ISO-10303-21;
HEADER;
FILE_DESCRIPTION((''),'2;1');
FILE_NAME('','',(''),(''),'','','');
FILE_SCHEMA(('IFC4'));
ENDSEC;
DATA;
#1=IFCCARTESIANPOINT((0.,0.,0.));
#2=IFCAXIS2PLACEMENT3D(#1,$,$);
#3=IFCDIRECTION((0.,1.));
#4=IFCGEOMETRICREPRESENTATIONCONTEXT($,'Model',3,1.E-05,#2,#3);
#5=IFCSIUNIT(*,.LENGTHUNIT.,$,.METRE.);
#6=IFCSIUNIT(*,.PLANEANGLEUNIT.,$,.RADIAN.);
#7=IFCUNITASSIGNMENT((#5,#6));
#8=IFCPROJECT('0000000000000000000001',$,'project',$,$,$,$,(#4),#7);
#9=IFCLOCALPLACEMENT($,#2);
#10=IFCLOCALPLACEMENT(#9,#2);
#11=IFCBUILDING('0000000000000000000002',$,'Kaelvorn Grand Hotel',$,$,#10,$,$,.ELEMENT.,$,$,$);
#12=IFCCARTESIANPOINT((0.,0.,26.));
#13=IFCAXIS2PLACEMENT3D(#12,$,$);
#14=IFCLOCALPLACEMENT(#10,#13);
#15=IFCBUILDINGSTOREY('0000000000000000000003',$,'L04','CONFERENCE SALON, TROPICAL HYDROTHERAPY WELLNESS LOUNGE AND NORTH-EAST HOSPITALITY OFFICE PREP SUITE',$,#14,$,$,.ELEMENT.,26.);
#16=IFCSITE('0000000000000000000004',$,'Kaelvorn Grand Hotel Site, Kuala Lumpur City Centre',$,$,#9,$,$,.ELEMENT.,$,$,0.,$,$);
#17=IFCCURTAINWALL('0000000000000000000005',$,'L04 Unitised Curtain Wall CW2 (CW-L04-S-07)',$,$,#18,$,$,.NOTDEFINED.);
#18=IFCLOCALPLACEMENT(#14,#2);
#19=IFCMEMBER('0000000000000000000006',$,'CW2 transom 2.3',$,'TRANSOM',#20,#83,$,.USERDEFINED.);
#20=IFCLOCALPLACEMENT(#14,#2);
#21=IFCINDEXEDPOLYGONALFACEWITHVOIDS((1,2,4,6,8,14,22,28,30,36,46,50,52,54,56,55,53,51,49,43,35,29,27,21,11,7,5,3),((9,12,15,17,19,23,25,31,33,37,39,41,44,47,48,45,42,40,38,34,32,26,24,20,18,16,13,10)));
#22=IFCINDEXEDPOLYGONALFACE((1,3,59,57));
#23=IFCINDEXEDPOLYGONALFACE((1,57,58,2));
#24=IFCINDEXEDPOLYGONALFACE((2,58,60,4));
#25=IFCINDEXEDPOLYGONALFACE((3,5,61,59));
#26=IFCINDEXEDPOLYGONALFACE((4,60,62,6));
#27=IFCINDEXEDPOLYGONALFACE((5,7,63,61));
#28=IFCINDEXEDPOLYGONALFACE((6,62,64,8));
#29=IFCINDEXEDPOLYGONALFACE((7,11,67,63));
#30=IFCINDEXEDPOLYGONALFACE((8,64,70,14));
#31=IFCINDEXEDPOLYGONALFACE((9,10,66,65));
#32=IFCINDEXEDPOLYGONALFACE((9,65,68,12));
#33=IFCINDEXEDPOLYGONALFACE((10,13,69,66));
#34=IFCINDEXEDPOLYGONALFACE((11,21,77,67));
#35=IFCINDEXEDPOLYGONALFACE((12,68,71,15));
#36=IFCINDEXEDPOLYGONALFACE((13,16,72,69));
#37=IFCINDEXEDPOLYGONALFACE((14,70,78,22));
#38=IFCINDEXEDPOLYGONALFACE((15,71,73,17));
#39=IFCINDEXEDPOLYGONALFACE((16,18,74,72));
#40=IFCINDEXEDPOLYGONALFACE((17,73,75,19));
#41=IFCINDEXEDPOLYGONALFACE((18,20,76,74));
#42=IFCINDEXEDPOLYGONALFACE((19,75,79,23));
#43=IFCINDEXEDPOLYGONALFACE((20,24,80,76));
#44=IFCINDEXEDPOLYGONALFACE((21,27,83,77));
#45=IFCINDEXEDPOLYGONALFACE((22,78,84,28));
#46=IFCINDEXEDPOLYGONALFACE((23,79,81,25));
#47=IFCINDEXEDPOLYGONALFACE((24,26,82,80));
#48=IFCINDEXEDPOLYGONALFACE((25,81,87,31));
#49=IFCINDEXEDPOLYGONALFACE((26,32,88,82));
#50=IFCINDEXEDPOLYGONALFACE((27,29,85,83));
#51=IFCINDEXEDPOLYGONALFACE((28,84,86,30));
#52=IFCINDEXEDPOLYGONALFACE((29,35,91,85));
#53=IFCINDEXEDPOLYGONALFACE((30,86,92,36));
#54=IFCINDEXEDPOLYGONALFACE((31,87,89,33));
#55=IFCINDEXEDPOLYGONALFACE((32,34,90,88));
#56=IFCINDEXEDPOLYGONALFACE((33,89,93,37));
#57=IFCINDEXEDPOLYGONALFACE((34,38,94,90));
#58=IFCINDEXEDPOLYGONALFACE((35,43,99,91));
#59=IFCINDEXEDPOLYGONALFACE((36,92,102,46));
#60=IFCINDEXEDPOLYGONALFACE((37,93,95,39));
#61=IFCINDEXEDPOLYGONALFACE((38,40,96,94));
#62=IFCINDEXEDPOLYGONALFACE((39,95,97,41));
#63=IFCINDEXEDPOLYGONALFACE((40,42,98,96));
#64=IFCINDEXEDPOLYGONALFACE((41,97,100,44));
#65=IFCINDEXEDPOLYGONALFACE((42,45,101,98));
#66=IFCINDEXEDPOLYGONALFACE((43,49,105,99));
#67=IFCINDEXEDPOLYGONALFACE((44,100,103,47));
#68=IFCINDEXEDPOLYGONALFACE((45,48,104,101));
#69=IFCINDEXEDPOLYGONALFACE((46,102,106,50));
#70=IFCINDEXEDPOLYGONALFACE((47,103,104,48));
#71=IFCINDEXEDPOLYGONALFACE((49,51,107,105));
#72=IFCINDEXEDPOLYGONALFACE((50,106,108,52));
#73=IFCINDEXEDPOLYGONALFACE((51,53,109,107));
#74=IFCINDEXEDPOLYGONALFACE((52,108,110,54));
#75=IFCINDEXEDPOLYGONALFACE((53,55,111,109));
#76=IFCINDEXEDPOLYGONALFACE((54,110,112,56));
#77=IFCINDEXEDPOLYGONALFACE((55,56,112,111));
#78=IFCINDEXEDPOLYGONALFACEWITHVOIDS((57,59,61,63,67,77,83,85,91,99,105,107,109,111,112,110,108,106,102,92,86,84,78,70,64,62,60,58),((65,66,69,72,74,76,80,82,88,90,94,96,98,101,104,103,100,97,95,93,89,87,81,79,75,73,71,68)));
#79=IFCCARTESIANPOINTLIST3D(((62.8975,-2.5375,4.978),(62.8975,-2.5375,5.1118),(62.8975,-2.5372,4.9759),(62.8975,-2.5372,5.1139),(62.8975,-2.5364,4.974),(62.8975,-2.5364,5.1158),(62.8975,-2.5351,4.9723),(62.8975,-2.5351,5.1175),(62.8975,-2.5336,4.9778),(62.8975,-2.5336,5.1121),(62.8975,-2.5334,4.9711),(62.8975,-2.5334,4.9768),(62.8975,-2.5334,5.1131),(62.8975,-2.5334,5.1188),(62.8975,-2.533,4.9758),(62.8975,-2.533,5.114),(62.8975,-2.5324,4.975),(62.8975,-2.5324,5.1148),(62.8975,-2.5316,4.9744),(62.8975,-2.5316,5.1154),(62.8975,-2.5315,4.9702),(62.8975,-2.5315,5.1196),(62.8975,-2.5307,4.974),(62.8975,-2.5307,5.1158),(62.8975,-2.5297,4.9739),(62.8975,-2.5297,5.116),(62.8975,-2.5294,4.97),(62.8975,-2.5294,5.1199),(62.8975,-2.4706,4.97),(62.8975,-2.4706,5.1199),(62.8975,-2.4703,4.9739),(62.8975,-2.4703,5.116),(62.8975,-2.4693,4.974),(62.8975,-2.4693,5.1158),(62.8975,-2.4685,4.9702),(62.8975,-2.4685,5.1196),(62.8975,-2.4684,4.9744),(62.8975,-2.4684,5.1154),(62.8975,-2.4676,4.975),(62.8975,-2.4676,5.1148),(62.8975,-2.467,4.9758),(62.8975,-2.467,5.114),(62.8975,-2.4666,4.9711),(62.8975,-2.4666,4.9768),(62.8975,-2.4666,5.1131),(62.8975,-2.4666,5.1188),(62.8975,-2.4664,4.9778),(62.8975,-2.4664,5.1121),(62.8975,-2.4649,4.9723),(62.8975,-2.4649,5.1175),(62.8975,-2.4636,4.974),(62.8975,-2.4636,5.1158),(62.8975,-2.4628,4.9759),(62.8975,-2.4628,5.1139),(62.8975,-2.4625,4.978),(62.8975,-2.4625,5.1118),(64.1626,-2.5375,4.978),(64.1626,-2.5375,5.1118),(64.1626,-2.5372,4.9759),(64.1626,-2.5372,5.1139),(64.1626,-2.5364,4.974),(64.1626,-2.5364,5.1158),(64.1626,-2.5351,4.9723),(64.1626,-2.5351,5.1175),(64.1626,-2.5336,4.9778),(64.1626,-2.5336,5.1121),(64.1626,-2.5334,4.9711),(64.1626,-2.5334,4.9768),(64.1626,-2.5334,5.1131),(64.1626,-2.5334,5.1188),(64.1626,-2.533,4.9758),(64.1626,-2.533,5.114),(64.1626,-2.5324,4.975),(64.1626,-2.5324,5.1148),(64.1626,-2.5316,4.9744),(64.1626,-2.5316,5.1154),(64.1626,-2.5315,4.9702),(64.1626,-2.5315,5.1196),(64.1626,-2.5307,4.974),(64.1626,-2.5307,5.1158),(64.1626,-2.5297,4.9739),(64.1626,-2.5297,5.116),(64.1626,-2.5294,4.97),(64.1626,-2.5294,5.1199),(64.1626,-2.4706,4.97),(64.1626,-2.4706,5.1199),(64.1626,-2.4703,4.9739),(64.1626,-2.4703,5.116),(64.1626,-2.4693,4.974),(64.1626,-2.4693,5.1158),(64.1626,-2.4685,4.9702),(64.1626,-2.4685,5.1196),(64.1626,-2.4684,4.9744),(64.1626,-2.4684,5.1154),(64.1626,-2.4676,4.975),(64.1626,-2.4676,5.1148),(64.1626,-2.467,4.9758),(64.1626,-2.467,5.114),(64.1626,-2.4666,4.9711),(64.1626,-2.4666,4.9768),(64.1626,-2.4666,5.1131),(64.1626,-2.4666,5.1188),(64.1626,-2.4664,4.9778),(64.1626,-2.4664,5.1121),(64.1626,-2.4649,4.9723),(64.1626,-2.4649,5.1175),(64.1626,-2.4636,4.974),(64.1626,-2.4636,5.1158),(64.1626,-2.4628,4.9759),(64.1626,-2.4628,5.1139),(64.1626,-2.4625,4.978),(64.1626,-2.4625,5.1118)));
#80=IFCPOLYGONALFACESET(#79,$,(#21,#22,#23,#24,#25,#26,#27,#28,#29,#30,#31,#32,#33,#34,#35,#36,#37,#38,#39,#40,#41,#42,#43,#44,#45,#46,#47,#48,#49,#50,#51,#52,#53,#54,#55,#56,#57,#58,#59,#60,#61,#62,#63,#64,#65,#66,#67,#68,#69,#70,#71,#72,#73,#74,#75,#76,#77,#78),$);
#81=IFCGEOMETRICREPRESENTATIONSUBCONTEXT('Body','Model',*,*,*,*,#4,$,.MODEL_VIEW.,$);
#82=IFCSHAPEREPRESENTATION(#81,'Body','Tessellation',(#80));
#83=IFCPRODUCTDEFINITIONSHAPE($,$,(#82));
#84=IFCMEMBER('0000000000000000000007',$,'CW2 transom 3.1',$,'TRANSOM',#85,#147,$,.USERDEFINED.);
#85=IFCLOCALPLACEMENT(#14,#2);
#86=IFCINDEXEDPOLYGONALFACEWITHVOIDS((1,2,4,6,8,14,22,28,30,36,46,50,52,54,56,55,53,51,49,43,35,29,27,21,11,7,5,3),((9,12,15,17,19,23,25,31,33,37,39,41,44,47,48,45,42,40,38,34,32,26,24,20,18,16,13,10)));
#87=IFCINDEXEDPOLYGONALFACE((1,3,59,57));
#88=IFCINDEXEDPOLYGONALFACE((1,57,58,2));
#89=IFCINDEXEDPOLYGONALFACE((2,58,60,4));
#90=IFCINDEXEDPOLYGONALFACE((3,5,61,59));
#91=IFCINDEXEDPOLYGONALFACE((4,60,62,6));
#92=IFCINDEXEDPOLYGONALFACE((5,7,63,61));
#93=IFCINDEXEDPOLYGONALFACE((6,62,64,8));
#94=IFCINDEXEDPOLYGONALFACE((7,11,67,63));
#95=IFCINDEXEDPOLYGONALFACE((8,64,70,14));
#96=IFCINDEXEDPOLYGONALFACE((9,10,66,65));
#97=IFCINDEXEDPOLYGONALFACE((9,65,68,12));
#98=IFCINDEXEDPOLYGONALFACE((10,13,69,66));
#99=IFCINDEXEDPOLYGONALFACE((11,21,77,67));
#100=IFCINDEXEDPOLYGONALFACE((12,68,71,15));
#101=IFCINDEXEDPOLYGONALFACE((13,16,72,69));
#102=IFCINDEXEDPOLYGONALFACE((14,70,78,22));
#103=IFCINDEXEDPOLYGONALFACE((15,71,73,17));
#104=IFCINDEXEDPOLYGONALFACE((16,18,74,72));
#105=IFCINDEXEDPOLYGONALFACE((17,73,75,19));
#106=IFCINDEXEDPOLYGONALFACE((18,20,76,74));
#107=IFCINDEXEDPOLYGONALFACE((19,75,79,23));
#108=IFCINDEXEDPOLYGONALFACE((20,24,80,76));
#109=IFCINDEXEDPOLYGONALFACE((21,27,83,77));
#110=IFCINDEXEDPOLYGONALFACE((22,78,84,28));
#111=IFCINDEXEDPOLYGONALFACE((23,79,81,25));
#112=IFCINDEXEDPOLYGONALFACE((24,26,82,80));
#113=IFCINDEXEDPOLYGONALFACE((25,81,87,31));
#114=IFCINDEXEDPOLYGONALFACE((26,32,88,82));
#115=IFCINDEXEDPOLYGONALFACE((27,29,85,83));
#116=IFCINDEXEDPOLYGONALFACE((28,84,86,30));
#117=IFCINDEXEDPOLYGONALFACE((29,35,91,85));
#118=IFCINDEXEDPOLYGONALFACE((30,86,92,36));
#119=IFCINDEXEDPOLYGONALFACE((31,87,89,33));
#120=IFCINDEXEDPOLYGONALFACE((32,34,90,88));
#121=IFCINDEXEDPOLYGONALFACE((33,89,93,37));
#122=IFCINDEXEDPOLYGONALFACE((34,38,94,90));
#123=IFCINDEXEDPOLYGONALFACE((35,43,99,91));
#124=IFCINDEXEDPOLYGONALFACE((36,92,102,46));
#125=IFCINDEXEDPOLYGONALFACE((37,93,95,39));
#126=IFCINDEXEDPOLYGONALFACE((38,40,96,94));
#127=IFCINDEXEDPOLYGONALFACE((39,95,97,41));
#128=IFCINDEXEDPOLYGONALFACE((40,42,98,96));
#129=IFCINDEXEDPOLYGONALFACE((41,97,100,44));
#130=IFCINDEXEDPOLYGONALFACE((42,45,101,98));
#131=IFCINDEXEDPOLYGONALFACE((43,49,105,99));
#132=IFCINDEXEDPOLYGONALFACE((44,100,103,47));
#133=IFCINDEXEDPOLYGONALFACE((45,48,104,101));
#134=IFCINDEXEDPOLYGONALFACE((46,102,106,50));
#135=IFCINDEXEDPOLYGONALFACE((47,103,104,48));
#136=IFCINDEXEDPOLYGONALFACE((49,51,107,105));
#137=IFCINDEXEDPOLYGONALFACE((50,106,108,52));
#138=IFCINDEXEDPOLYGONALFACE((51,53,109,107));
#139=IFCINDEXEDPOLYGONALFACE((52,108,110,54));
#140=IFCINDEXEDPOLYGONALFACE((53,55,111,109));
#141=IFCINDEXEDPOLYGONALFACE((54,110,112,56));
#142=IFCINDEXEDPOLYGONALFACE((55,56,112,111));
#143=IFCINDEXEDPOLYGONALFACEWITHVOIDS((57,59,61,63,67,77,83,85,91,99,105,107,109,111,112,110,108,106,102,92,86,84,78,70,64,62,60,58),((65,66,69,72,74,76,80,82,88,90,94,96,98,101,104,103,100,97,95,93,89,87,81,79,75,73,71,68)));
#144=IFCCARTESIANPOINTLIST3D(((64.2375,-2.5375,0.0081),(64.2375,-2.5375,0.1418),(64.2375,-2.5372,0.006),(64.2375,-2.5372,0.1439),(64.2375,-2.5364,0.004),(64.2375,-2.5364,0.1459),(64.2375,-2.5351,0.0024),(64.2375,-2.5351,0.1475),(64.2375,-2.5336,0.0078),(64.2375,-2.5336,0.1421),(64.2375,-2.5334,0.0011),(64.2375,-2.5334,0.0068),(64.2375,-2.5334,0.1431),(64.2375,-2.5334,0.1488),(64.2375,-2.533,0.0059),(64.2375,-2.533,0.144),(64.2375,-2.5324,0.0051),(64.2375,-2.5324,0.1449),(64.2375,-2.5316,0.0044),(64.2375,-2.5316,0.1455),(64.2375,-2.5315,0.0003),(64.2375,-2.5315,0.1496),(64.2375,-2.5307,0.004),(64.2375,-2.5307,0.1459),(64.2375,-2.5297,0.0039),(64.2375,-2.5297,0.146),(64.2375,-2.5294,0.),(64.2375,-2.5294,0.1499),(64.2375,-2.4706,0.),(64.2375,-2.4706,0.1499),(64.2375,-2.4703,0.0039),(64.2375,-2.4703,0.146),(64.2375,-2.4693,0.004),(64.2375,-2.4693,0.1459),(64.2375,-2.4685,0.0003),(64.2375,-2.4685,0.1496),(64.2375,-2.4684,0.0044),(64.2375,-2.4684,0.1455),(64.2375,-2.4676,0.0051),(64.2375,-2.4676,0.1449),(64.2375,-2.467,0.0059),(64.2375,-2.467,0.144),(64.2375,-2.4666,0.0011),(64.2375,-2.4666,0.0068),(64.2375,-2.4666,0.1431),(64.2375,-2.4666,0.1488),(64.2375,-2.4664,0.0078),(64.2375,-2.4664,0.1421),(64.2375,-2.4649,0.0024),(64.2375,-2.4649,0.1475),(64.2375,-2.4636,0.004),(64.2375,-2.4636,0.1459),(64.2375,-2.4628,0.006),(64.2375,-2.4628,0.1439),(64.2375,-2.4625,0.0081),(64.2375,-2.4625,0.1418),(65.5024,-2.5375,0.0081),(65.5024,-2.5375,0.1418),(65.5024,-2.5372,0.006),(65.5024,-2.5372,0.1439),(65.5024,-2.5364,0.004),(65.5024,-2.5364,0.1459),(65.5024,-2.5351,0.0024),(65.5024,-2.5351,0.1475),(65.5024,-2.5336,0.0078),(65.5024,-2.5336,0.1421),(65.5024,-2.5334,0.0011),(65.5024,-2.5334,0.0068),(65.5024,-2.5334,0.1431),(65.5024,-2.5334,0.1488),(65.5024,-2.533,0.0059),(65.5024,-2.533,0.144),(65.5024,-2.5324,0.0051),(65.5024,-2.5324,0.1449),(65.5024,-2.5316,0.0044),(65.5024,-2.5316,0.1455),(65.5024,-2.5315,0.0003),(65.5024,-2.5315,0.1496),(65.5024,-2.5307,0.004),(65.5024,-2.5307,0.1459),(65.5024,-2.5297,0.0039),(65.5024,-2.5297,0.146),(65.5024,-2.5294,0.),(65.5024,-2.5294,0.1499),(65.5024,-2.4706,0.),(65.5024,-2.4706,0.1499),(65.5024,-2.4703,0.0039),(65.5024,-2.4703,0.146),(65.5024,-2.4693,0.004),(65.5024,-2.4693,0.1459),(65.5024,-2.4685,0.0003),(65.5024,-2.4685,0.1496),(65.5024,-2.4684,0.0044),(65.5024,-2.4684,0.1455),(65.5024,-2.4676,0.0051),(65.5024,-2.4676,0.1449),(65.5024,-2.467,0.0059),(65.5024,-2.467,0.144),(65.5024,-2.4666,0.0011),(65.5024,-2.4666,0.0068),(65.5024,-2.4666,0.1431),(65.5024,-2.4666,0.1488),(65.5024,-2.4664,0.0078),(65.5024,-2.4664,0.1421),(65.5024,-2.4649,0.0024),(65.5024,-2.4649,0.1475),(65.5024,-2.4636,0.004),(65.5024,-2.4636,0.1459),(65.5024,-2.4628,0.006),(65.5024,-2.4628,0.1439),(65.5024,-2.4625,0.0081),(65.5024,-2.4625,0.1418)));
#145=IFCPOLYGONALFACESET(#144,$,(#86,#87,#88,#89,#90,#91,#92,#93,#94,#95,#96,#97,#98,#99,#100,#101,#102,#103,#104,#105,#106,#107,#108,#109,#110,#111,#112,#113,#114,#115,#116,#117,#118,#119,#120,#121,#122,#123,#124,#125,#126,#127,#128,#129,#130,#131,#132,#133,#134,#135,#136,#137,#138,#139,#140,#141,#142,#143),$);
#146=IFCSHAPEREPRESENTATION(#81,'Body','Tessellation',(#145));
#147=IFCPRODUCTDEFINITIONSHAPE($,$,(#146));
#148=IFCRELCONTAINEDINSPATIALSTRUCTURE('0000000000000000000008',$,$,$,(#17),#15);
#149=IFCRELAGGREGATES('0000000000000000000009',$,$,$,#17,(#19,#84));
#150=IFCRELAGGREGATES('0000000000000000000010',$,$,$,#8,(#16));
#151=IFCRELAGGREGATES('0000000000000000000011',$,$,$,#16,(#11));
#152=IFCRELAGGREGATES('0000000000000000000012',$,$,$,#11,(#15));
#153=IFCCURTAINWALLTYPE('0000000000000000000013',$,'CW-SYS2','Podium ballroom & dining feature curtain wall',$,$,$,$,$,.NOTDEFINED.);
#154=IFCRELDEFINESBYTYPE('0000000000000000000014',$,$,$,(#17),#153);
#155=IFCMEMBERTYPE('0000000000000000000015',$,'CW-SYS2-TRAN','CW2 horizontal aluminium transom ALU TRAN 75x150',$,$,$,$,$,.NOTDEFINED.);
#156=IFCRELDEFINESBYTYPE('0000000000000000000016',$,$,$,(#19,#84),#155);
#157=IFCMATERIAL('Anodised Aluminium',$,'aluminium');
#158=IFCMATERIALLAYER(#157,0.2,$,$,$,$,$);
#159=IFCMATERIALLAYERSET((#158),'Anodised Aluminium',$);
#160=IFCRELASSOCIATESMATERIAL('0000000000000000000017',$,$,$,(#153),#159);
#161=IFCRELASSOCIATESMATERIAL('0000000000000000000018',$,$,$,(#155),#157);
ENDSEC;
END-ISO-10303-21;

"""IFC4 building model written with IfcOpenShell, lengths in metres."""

from ifc_helpers import new_model, si_unit, direction, frame, origin, origin_2d, place, context, subcontext, project, spatial, hollow_rectangle, extrude, material, layer, layer_set, material_profile, profile_set, type_object, element, aggregate, save


model = new_model("IFC4")

# Units and contexts
model_context = context("Model", 3, precision=1e-05, world=origin(), true_north=direction((0.0, 1.0)))
body_context = subcontext(model_context, "Body", "Model", "MODEL_VIEW")
ifc_project = project(units=[si_unit("LENGTHUNIT", "METRE"), si_unit("PLANEANGLEUNIT", "RADIAN")], contexts=[model_context])

# Site, building, storey
site_placement = place(None, origin())
site = spatial("IfcSite", under=ifc_project, at=site_placement, Name="Kaelvorn Grand Hotel Site, Kuala Lumpur City Centre", CompositionType="ELEMENT", RefElevation=0.0)
building_placement = place(site_placement, origin())
building = spatial("IfcBuilding", under=site, at=building_placement, Name="Kaelvorn Grand Hotel", CompositionType="ELEMENT")
storey_placement = place(building_placement, frame((0.0, 0.0, 26.0)))
storey = spatial("IfcBuildingStorey", under=building, at=storey_placement, Name="L04", Description="CONFERENCE SALON, TROPICAL HYDROTHERAPY WELLNESS LOUNGE AND NORTH-EAST HOSPITALITY OFFICE PREP SUITE", CompositionType="ELEMENT", Elevation=26.0)

# Shared definitions
ifc_material_1 = material(Name="Anodised Aluminium", Category="aluminium")
ifc_layer_1 = layer(ifc_material_1, 0.2)
ifc_layer_set_1 = layer_set([ifc_layer_1], Name="Anodised Aluminium")
curtain_wall_type = type_object("IfcCurtainWallType", Name="CW-SYS2", Description="Podium ballroom & dining feature curtain wall", PredefinedType="NOTDEFINED", material=ifc_layer_set_1)

# Curtain wall
curtain_wall_1_placement = place(storey_placement, origin())
curtain_wall_1 = element("IfcCurtainWall", 1, at=curtain_wall_1_placement, inside=storey, type_object=curtain_wall_type, Name="L04 Unitised Curtain Wall CW2 (CW-L04-S-07)", PredefinedType="NOTDEFINED")

# Members
ifc_material_profile_1 = material_profile(ifc_material_1, hollow_rectangle(XDim=0.075, YDim=0.1499, WallThickness=0.0039, InnerFilletRadius=0.0039, OuterFilletRadius=0.0081, at=origin_2d()), Name="ALU TRAN 75x150")
ifc_profile_set_1 = profile_set([ifc_material_profile_1], Name="Anodised Aluminium")
member_type_1 = type_object("IfcMemberType", Name="CW-SYS2-TRAN", Description="CW2 horizontal aluminium transom ALU TRAN 75x150", PredefinedType="NOTDEFINED", material=ifc_profile_set_1)
member_1_placement = place(storey_placement, frame((62.8975, -2.5, 5.0449), z_axis=(1.0, 0.0, 0.0), x_axis=(0.0, 1.0, 0.0)))
member_1 = element("IfcMember", 2, at=member_1_placement, type_object=member_type_1, Name="CW2 transom 2.3", ObjectType="TRANSOM", PredefinedType="USERDEFINED", context=body_context, shape_type="SweptSolid", body=[
    extrude(hollow_rectangle(XDim=0.075, YDim=0.1499, WallThickness=0.0039, InnerFilletRadius=0.0039, OuterFilletRadius=0.0081, at=origin_2d()), origin(), (0.0, 0.0, 1.0), 1.2651),
])
member_2_placement = place(storey_placement, frame((64.2375, -2.5, 0.075), z_axis=(1.0, 0.0, 0.0), x_axis=(0.0, 1.0, 0.0)))
member_2 = element("IfcMember", 3, at=member_2_placement, type_object=member_type_1, Name="CW2 transom 3.1", ObjectType="TRANSOM", PredefinedType="USERDEFINED", context=body_context, shape_type="SweptSolid", body=[
    extrude(hollow_rectangle(XDim=0.075, YDim=0.1499, WallThickness=0.0039, InnerFilletRadius=0.0039, OuterFilletRadius=0.0081, at=origin_2d()), origin(), (0.0, 0.0, 1.0), 1.2649),
])

aggregate(curtain_wall_1, [member_1, member_2])

save(model, "model.ifc")
